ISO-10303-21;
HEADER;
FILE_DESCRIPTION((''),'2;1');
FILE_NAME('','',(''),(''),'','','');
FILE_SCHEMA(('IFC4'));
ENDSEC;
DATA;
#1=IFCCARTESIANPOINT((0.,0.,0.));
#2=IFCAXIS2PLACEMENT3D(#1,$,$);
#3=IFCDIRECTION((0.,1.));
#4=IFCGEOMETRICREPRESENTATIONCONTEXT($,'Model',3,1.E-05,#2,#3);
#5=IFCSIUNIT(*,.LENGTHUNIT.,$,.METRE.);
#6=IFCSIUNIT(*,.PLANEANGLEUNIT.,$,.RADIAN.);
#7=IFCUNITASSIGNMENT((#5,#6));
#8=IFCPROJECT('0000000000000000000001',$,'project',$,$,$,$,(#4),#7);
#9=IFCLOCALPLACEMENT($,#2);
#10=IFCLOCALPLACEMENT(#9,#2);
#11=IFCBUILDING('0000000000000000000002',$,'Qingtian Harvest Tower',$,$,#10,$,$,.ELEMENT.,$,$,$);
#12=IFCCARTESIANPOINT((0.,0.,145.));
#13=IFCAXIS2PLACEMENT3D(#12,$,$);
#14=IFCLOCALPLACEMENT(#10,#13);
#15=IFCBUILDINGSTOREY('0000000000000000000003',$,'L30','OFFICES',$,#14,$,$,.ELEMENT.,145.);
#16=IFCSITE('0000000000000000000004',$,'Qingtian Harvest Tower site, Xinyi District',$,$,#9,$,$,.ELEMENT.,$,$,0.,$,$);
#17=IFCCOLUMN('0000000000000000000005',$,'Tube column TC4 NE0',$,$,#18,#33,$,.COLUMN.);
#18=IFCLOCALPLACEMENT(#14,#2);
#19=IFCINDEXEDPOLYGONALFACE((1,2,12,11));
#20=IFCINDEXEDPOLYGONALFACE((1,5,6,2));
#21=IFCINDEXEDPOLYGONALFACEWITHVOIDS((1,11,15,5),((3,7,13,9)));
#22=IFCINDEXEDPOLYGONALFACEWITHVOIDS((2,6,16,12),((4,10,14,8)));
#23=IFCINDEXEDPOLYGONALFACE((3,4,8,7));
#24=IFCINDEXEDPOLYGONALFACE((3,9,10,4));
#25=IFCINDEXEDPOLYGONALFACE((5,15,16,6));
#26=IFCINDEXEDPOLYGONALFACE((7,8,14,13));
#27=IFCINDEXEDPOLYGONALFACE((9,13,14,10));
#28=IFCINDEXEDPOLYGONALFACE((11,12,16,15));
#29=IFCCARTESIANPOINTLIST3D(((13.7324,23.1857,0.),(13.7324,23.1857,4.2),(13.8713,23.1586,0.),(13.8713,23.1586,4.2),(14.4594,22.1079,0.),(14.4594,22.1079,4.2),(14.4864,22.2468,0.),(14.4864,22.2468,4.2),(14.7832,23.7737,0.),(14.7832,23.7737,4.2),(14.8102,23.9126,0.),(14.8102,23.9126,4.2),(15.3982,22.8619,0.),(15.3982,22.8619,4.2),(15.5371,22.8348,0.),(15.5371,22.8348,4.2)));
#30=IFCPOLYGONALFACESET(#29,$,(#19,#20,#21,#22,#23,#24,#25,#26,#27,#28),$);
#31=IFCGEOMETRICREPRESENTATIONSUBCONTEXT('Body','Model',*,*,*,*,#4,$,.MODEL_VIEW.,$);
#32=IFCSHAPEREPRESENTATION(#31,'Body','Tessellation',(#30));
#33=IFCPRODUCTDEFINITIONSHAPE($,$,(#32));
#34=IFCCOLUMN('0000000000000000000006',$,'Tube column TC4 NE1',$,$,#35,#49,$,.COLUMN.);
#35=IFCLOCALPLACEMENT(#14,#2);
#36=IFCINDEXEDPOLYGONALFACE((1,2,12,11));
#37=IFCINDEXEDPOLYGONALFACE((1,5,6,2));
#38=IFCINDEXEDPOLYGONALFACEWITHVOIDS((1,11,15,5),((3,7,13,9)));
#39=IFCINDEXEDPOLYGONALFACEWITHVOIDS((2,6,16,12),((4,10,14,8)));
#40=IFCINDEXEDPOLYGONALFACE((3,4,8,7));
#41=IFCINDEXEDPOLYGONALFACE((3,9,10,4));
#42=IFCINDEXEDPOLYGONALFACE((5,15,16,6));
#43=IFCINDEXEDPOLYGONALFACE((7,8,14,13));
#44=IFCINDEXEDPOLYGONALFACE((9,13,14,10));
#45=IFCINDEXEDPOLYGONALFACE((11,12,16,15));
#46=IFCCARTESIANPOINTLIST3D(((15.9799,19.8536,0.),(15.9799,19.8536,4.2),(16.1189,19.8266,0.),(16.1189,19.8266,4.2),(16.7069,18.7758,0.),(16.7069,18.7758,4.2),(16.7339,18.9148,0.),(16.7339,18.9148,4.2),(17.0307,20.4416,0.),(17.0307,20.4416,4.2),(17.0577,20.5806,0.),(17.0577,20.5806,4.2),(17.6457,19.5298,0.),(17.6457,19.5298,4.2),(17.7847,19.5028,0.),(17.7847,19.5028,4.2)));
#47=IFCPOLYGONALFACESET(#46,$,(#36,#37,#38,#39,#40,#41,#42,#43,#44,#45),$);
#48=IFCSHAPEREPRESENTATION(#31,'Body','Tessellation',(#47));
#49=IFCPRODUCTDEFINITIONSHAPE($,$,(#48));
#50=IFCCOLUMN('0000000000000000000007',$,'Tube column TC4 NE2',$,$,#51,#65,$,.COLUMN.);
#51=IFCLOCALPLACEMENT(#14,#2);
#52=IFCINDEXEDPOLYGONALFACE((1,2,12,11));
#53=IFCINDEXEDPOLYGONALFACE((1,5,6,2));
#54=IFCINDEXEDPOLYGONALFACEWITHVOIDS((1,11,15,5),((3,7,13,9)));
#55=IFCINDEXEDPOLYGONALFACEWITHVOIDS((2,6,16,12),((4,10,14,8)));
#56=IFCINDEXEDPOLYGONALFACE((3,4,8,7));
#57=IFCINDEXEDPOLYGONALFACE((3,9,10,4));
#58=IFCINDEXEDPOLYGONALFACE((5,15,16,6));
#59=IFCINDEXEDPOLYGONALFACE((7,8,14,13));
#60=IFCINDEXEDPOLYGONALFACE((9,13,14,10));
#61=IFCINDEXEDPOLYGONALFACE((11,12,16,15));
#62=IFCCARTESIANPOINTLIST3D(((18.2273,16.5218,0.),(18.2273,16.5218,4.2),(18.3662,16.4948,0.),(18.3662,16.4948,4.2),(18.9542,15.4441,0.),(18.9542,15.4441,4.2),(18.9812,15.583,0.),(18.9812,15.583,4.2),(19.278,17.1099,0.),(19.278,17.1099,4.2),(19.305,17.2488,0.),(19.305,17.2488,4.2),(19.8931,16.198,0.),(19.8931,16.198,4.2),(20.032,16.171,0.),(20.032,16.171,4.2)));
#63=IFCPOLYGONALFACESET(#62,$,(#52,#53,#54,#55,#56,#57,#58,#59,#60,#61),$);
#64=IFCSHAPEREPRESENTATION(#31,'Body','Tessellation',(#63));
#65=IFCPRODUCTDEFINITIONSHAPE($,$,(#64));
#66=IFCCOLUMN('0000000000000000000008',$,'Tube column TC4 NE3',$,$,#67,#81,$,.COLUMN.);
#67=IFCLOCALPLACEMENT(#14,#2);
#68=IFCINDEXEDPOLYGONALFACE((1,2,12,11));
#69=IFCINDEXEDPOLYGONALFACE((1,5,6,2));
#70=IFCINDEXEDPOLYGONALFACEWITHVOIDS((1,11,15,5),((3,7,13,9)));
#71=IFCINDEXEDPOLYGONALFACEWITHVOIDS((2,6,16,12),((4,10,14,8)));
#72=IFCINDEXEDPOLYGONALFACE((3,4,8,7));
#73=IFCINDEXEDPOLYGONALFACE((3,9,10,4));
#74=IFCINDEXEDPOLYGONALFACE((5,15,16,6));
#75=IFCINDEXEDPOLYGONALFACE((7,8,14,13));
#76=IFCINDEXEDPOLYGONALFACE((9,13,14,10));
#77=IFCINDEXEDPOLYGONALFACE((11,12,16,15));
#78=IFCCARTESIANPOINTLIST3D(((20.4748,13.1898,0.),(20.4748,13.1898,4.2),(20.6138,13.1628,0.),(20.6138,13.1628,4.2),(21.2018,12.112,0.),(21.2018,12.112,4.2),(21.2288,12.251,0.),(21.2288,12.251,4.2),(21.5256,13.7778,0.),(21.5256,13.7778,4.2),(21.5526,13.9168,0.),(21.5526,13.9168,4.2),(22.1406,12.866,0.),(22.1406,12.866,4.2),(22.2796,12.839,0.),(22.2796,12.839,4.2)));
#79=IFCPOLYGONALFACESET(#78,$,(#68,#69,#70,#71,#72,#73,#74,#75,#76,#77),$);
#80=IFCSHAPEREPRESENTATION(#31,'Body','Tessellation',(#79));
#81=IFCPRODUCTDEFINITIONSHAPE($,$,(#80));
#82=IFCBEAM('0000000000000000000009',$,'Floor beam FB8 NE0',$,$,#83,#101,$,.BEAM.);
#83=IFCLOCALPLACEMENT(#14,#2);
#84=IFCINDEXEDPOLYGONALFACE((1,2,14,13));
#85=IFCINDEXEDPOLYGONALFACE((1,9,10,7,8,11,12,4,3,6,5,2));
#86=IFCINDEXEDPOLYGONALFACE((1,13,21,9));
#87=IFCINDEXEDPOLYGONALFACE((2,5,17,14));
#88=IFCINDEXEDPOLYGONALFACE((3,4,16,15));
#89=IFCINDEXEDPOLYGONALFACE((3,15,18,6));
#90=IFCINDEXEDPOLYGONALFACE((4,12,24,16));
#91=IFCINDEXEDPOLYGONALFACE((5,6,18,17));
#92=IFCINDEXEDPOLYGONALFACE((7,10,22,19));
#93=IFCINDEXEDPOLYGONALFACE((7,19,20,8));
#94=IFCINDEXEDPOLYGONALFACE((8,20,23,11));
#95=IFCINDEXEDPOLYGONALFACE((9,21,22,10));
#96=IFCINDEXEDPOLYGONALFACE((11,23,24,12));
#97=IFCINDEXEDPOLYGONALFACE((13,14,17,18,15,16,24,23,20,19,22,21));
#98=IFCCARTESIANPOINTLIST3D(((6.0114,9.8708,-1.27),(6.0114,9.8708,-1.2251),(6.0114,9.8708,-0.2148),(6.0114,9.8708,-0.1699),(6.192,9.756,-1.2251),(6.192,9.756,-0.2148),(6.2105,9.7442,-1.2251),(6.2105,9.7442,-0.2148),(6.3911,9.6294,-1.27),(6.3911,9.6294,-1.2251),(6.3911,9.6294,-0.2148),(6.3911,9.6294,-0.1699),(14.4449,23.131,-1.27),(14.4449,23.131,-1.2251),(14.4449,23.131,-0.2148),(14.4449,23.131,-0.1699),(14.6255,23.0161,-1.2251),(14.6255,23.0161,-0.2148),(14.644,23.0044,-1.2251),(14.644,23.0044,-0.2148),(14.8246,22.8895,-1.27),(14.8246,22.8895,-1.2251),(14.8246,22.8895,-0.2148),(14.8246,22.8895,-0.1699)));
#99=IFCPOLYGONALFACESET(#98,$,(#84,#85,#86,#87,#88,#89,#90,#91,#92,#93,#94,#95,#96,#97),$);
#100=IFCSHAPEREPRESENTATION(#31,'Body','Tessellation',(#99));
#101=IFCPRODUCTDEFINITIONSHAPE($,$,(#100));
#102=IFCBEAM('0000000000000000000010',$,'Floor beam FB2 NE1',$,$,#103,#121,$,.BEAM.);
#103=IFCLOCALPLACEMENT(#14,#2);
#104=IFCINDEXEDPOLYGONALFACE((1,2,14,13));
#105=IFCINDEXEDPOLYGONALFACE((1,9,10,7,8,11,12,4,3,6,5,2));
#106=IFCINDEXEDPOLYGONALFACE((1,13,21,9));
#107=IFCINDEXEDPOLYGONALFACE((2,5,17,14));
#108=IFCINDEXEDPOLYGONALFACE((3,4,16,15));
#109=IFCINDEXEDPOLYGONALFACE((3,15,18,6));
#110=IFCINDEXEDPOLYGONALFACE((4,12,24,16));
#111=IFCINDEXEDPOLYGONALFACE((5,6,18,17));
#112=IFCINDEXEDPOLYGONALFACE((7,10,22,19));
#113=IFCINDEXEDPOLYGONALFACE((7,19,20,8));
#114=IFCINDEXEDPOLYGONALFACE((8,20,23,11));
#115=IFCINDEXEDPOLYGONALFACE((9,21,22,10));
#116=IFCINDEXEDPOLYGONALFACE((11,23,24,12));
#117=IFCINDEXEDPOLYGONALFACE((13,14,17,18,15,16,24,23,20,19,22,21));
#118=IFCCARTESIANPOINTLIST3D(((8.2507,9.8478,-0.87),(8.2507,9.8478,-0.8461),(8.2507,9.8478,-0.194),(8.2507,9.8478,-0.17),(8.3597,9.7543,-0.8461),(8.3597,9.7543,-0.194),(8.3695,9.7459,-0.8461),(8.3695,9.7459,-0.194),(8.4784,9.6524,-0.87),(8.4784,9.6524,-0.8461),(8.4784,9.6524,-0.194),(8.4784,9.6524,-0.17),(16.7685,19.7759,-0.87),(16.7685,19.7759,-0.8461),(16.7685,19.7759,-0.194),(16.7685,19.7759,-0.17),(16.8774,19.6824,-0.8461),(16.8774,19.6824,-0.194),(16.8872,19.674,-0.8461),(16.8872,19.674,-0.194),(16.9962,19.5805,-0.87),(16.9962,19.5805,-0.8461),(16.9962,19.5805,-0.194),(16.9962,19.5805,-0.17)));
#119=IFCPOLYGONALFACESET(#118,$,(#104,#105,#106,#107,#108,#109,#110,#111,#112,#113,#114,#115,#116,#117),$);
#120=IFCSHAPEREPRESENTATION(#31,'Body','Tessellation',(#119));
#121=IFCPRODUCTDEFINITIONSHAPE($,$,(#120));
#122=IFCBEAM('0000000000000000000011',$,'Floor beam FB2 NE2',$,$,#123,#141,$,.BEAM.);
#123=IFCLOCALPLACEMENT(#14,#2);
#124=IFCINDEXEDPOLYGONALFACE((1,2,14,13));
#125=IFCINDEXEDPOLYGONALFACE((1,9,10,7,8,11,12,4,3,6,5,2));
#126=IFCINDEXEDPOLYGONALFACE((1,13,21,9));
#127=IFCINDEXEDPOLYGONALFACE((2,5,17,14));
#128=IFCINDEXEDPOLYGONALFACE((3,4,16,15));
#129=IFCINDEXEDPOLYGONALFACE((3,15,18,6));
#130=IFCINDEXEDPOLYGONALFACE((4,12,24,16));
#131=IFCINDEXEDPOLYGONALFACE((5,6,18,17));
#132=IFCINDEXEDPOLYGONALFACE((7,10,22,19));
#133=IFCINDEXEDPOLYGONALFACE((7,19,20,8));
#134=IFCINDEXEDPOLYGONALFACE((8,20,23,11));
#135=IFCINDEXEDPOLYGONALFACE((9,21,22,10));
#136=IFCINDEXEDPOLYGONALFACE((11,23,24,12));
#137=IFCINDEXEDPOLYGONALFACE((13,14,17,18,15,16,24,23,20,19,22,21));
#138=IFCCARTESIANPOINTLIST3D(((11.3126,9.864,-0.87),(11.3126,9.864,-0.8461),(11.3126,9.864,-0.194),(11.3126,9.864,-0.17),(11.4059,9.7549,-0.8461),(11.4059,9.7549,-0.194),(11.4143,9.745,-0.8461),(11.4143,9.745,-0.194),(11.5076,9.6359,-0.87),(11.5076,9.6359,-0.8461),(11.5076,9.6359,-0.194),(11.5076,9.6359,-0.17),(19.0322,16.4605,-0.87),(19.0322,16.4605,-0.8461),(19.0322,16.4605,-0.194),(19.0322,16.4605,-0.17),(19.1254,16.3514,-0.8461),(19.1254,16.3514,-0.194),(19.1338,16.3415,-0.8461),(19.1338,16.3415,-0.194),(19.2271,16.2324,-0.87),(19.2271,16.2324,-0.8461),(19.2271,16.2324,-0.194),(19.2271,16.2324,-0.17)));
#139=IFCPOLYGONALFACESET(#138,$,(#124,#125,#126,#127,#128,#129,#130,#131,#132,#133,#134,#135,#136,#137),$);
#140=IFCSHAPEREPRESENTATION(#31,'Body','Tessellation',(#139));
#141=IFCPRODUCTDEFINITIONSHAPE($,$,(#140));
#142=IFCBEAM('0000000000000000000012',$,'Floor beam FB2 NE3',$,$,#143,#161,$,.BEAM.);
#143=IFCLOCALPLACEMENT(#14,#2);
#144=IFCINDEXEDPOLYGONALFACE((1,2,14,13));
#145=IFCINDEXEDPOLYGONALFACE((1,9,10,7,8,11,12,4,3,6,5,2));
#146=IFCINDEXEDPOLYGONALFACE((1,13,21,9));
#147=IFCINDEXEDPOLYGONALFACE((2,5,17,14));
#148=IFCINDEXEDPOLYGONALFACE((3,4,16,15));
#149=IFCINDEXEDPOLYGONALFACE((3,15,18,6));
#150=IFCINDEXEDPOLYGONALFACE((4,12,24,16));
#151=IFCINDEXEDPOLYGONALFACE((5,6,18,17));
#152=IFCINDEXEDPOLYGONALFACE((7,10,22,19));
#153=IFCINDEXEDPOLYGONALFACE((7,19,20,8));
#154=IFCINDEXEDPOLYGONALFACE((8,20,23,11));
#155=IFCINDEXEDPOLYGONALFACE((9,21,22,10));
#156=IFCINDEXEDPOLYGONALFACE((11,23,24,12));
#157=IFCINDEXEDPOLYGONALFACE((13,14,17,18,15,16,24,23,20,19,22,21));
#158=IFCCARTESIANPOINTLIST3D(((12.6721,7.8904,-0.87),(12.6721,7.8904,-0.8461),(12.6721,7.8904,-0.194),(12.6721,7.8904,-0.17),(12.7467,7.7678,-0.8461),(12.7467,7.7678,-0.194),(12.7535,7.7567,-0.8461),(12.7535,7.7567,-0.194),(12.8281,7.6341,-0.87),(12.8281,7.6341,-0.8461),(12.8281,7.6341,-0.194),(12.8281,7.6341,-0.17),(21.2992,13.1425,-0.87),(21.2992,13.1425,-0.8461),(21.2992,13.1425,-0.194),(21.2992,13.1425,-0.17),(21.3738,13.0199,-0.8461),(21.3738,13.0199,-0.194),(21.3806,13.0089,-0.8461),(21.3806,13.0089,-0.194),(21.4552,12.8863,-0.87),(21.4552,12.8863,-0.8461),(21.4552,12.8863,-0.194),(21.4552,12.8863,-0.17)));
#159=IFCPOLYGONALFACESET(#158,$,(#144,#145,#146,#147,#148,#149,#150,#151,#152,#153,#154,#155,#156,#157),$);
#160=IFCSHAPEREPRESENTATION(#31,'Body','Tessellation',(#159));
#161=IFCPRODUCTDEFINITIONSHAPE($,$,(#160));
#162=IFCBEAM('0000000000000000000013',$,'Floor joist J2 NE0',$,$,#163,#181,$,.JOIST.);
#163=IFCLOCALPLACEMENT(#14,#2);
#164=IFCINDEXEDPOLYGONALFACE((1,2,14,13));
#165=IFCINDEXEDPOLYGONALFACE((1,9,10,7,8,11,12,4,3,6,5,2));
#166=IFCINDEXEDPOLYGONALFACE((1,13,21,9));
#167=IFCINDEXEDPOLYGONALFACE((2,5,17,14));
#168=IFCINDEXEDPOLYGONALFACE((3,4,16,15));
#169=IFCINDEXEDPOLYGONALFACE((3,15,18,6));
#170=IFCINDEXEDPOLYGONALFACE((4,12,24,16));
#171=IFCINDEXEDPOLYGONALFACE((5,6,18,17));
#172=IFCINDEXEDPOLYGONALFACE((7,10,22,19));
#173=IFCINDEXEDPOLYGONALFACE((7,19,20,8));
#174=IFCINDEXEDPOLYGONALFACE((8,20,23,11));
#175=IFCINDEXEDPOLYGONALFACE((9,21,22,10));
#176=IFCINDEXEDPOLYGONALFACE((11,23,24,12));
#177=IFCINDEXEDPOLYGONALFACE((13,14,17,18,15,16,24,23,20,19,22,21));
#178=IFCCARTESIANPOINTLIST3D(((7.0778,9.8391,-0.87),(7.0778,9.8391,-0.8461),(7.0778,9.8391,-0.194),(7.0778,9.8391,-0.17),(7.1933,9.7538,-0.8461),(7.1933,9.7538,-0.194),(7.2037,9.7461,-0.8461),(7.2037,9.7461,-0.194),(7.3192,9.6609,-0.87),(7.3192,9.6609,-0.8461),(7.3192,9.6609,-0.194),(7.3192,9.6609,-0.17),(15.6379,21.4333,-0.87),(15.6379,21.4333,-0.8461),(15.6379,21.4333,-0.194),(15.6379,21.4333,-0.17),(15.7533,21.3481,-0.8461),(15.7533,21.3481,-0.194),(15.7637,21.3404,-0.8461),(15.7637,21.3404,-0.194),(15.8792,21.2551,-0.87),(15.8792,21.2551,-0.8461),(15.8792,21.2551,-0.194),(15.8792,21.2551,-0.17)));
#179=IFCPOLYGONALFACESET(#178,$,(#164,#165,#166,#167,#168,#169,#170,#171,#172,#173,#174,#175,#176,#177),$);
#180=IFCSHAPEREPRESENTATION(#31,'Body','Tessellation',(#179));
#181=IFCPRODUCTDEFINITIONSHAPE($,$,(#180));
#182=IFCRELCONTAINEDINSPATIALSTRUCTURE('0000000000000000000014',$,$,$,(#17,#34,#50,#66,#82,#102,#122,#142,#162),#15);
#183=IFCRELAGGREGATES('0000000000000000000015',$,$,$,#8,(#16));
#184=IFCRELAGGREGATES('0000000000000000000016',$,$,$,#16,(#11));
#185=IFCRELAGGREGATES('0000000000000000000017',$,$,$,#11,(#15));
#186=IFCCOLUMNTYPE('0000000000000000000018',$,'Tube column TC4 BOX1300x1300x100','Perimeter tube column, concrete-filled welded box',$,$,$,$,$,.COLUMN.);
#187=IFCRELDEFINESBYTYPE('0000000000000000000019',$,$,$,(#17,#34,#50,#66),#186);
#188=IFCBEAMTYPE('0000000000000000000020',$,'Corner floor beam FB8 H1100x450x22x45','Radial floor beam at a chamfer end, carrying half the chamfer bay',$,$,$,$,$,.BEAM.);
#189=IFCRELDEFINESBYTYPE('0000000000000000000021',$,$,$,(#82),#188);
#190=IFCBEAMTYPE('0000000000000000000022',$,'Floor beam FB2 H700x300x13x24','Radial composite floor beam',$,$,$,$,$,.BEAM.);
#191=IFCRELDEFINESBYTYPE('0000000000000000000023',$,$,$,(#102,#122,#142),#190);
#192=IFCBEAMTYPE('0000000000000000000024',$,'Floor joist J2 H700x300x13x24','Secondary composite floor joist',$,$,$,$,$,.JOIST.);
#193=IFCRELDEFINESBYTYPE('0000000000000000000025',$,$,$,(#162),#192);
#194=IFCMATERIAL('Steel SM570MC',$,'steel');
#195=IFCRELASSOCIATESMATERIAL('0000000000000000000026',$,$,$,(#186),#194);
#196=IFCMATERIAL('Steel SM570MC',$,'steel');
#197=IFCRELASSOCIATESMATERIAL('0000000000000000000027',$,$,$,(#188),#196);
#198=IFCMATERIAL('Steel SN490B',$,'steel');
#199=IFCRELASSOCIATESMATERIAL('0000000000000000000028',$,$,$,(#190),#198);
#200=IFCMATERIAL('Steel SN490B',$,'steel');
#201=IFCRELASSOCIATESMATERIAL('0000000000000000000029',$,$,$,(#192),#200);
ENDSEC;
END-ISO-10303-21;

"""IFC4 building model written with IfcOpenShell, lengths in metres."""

from ifc_helpers import new_model, si_unit, direction, frame, origin, origin_2d, place, context, subcontext, project, spatial, hollow_rectangle, i_section, extrude, material, material_profile, profile_set, type_object, element, save


model = new_model("IFC4")

# Units and contexts
model_context = context("Model", 3, precision=1e-05, world=origin(), true_north=direction((0.0, 1.0)))
body_context = subcontext(model_context, "Body", "Model", "MODEL_VIEW")
ifc_project = project(units=[si_unit("LENGTHUNIT", "METRE"), si_unit("PLANEANGLEUNIT", "RADIAN")], contexts=[model_context])

# Site, building, storey
site_placement = place(None, origin())
site = spatial("IfcSite", under=ifc_project, at=site_placement, Name="Qingtian Harvest Tower site, Xinyi District", CompositionType="ELEMENT", RefElevation=0.0)
building_placement = place(site_placement, origin())
building = spatial("IfcBuilding", under=site, at=building_placement, Name="Qingtian Harvest Tower", CompositionType="ELEMENT")
storey_placement = place(building_placement, frame((0.0, 0.0, 145.0)))
storey = spatial("IfcBuildingStorey", under=building, at=storey_placement, Name="L30", Description="OFFICES", CompositionType="ELEMENT", Elevation=145.0)

# Columns
ifc_material_1 = material(Name="Steel SM570MC", Category="steel")
ifc_material_profile_1 = material_profile(ifc_material_1, hollow_rectangle(XDim=1.3, YDim=1.3, WallThickness=0.1001, at=origin_2d()), Name="BOX1300x1300x100")
ifc_profile_set_1 = profile_set([ifc_material_profile_1], Name="Steel SM570MC")
column_type = type_object("IfcColumnType", Name="Tube column TC4 BOX1300x1300x100", Description="Perimeter tube column, concrete-filled welded box", PredefinedType="COLUMN", material=ifc_profile_set_1)
for number, where, z_axis, x_axis, name in (
    (1, (14.6348, 23.0103, 0.0), (0.0, 0.0, 1.0), (-0.559193, 0.829038, 0.0), "Tube column TC4 NE0"),
    (2, (16.8823, 19.6782, 0.0), (0.0, 0.0, 1.0), (-0.559193, 0.829038, 0.0), "Tube column TC4 NE1"),
    (3, (19.1296, 16.3464, 0.0), (0.0, 0.0, 1.0), (-0.559193, 0.829038, 0.0), "Tube column TC4 NE2"),
    (4, (21.3772, 13.0144, 0.0), (0.0, 0.0, 1.0), (-0.559193, 0.829038, 0.0), "Tube column TC4 NE3"),
):
    element("IfcColumn", number, at=place(storey_placement, frame(where, z_axis=z_axis, x_axis=x_axis)), inside=storey, type_object=column_type, Name=name, PredefinedType="COLUMN", context=body_context, shape_type="SweptSolid", body=[
        extrude(hollow_rectangle(XDim=1.3, YDim=1.3, WallThickness=0.1001, at=origin_2d()), origin(), (0.0, 0.0, 1.0), 4.2),
    ])

# Beams
ifc_material_2 = material(Name="Steel SM570MC", Category="steel")
ifc_material_profile_2 = material_profile(ifc_material_2, i_section(OverallWidth=0.45, OverallDepth=1.1001, WebThickness=0.022, FlangeThickness=0.0449, at=origin_2d()), Name="H1100x450x22x45")
ifc_profile_set_2 = profile_set([ifc_material_profile_2], Name="Steel SM570MC")
beam_type_1 = type_object("IfcBeamType", Name="Corner floor beam FB8 H1100x450x22x45", Description="Radial floor beam at a chamfer end, carrying half the chamfer bay", PredefinedType="BEAM", material=ifc_profile_set_2)
beam_1_placement = place(storey_placement, frame((14.6348, 23.0103, -0.72), z_axis=(-0.53666, -0.843798, 0.0), x_axis=(0.843798, -0.53666, 0.0)))
element("IfcBeam", 5, at=beam_1_placement, inside=storey, type_object=beam_type_1, Name="Floor beam FB8 NE0", PredefinedType="BEAM", context=body_context, shape_type="SweptSolid", body=[
    extrude(i_section(OverallWidth=0.45, OverallDepth=1.1001, WebThickness=0.022, FlangeThickness=0.0449, at=origin_2d()), origin(), (0.0, 0.0, 1.0), 15.7148),
])
ifc_material_3 = material(Name="Steel SN490B", Category="steel")
ifc_material_profile_3 = material_profile(ifc_material_3, i_section(OverallWidth=0.3, OverallDepth=0.7, WebThickness=0.0129, FlangeThickness=0.0239, at=origin_2d()), Name="H700x300x13x24")
ifc_profile_set_3 = profile_set([ifc_material_profile_3], Name="Steel SN490B")
beam_type_2 = type_object("IfcBeamType", Name="Floor beam FB2 H700x300x13x24", Description="Radial composite floor beam", PredefinedType="BEAM", material=ifc_profile_set_3)
beam_2_placement = place(storey_placement, frame((16.8823, 19.6782, -0.52), z_axis=(-0.65114, -0.758957, 0.0), x_axis=(0.758957, -0.65114, 0.0)))
element("IfcBeam", 6, at=beam_2_placement, inside=storey, type_object=beam_type_2, Name="Floor beam FB2 NE1", PredefinedType="BEAM", context=body_context, shape_type="SweptSolid", body=[
    extrude(i_section(OverallWidth=0.3, OverallDepth=0.7, WebThickness=0.0129, FlangeThickness=0.0239, at=origin_2d()), origin(), (0.0, 0.0, 1.0), 13.0813),
])
beam_3_placement = place(storey_placement, frame((19.1296, 16.3464, -0.52), z_axis=(-0.760242, -0.64964, 0.0), x_axis=(0.64964, -0.760242, 0.0)))
element("IfcBeam", 7, at=beam_3_placement, inside=storey, type_object=beam_type_2, Name="Floor beam FB2 NE2", PredefinedType="BEAM", context=body_context, shape_type="SweptSolid", body=[
    extrude(i_section(OverallWidth=0.3, OverallDepth=0.7, WebThickness=0.0129, FlangeThickness=0.0239, at=origin_2d()), origin(), (0.0, 0.0, 1.0), 10.1541),
])
beam_4_placement = place(storey_placement, frame((21.3772, 13.0144, -0.52), z_axis=(-0.854161, -0.520009, 0.0), x_axis=(0.520009, -0.854161, 0.0)))
element("IfcBeam", 8, at=beam_4_placement, inside=storey, type_object=beam_type_2, Name="Floor beam FB2 NE3", PredefinedType="BEAM", context=body_context, shape_type="SweptSolid", body=[
    extrude(i_section(OverallWidth=0.3, OverallDepth=0.7, WebThickness=0.0129, FlangeThickness=0.0239, at=origin_2d()), origin(), (0.0, 0.0, 1.0), 10.1001),
])
ifc_material_4 = material(Name="Steel SN490B", Category="steel")
ifc_material_profile_4 = material_profile(ifc_material_4, i_section(OverallWidth=0.3, OverallDepth=0.7, WebThickness=0.0129, FlangeThickness=0.0239, at=origin_2d()), Name="H700x300x13x24")
ifc_profile_set_4 = profile_set([ifc_material_profile_4], Name="Steel SN490B")
beam_type_3 = type_object("IfcBeamType", Name="Floor joist J2 H700x300x13x24", Description="Secondary composite floor joist", PredefinedType="JOIST", material=ifc_profile_set_4)
beam_5_placement = place(storey_placement, frame((15.7585, 21.3442, -0.52), z_axis=(-0.59396, -0.804494, 0.0), x_axis=(0.804494, -0.59396, 0.0)))
element("IfcBeam", 9, at=beam_5_placement, inside=storey, type_object=beam_type_3, Name="Floor joist J2 NE0", PredefinedType="JOIST", context=body_context, shape_type="SweptSolid", body=[
    extrude(i_section(OverallWidth=0.3, OverallDepth=0.7, WebThickness=0.0129, FlangeThickness=0.0239, at=origin_2d()), origin(), (0.0, 0.0, 1.0), 14.4119),
])

save(model, "model.ifc")
